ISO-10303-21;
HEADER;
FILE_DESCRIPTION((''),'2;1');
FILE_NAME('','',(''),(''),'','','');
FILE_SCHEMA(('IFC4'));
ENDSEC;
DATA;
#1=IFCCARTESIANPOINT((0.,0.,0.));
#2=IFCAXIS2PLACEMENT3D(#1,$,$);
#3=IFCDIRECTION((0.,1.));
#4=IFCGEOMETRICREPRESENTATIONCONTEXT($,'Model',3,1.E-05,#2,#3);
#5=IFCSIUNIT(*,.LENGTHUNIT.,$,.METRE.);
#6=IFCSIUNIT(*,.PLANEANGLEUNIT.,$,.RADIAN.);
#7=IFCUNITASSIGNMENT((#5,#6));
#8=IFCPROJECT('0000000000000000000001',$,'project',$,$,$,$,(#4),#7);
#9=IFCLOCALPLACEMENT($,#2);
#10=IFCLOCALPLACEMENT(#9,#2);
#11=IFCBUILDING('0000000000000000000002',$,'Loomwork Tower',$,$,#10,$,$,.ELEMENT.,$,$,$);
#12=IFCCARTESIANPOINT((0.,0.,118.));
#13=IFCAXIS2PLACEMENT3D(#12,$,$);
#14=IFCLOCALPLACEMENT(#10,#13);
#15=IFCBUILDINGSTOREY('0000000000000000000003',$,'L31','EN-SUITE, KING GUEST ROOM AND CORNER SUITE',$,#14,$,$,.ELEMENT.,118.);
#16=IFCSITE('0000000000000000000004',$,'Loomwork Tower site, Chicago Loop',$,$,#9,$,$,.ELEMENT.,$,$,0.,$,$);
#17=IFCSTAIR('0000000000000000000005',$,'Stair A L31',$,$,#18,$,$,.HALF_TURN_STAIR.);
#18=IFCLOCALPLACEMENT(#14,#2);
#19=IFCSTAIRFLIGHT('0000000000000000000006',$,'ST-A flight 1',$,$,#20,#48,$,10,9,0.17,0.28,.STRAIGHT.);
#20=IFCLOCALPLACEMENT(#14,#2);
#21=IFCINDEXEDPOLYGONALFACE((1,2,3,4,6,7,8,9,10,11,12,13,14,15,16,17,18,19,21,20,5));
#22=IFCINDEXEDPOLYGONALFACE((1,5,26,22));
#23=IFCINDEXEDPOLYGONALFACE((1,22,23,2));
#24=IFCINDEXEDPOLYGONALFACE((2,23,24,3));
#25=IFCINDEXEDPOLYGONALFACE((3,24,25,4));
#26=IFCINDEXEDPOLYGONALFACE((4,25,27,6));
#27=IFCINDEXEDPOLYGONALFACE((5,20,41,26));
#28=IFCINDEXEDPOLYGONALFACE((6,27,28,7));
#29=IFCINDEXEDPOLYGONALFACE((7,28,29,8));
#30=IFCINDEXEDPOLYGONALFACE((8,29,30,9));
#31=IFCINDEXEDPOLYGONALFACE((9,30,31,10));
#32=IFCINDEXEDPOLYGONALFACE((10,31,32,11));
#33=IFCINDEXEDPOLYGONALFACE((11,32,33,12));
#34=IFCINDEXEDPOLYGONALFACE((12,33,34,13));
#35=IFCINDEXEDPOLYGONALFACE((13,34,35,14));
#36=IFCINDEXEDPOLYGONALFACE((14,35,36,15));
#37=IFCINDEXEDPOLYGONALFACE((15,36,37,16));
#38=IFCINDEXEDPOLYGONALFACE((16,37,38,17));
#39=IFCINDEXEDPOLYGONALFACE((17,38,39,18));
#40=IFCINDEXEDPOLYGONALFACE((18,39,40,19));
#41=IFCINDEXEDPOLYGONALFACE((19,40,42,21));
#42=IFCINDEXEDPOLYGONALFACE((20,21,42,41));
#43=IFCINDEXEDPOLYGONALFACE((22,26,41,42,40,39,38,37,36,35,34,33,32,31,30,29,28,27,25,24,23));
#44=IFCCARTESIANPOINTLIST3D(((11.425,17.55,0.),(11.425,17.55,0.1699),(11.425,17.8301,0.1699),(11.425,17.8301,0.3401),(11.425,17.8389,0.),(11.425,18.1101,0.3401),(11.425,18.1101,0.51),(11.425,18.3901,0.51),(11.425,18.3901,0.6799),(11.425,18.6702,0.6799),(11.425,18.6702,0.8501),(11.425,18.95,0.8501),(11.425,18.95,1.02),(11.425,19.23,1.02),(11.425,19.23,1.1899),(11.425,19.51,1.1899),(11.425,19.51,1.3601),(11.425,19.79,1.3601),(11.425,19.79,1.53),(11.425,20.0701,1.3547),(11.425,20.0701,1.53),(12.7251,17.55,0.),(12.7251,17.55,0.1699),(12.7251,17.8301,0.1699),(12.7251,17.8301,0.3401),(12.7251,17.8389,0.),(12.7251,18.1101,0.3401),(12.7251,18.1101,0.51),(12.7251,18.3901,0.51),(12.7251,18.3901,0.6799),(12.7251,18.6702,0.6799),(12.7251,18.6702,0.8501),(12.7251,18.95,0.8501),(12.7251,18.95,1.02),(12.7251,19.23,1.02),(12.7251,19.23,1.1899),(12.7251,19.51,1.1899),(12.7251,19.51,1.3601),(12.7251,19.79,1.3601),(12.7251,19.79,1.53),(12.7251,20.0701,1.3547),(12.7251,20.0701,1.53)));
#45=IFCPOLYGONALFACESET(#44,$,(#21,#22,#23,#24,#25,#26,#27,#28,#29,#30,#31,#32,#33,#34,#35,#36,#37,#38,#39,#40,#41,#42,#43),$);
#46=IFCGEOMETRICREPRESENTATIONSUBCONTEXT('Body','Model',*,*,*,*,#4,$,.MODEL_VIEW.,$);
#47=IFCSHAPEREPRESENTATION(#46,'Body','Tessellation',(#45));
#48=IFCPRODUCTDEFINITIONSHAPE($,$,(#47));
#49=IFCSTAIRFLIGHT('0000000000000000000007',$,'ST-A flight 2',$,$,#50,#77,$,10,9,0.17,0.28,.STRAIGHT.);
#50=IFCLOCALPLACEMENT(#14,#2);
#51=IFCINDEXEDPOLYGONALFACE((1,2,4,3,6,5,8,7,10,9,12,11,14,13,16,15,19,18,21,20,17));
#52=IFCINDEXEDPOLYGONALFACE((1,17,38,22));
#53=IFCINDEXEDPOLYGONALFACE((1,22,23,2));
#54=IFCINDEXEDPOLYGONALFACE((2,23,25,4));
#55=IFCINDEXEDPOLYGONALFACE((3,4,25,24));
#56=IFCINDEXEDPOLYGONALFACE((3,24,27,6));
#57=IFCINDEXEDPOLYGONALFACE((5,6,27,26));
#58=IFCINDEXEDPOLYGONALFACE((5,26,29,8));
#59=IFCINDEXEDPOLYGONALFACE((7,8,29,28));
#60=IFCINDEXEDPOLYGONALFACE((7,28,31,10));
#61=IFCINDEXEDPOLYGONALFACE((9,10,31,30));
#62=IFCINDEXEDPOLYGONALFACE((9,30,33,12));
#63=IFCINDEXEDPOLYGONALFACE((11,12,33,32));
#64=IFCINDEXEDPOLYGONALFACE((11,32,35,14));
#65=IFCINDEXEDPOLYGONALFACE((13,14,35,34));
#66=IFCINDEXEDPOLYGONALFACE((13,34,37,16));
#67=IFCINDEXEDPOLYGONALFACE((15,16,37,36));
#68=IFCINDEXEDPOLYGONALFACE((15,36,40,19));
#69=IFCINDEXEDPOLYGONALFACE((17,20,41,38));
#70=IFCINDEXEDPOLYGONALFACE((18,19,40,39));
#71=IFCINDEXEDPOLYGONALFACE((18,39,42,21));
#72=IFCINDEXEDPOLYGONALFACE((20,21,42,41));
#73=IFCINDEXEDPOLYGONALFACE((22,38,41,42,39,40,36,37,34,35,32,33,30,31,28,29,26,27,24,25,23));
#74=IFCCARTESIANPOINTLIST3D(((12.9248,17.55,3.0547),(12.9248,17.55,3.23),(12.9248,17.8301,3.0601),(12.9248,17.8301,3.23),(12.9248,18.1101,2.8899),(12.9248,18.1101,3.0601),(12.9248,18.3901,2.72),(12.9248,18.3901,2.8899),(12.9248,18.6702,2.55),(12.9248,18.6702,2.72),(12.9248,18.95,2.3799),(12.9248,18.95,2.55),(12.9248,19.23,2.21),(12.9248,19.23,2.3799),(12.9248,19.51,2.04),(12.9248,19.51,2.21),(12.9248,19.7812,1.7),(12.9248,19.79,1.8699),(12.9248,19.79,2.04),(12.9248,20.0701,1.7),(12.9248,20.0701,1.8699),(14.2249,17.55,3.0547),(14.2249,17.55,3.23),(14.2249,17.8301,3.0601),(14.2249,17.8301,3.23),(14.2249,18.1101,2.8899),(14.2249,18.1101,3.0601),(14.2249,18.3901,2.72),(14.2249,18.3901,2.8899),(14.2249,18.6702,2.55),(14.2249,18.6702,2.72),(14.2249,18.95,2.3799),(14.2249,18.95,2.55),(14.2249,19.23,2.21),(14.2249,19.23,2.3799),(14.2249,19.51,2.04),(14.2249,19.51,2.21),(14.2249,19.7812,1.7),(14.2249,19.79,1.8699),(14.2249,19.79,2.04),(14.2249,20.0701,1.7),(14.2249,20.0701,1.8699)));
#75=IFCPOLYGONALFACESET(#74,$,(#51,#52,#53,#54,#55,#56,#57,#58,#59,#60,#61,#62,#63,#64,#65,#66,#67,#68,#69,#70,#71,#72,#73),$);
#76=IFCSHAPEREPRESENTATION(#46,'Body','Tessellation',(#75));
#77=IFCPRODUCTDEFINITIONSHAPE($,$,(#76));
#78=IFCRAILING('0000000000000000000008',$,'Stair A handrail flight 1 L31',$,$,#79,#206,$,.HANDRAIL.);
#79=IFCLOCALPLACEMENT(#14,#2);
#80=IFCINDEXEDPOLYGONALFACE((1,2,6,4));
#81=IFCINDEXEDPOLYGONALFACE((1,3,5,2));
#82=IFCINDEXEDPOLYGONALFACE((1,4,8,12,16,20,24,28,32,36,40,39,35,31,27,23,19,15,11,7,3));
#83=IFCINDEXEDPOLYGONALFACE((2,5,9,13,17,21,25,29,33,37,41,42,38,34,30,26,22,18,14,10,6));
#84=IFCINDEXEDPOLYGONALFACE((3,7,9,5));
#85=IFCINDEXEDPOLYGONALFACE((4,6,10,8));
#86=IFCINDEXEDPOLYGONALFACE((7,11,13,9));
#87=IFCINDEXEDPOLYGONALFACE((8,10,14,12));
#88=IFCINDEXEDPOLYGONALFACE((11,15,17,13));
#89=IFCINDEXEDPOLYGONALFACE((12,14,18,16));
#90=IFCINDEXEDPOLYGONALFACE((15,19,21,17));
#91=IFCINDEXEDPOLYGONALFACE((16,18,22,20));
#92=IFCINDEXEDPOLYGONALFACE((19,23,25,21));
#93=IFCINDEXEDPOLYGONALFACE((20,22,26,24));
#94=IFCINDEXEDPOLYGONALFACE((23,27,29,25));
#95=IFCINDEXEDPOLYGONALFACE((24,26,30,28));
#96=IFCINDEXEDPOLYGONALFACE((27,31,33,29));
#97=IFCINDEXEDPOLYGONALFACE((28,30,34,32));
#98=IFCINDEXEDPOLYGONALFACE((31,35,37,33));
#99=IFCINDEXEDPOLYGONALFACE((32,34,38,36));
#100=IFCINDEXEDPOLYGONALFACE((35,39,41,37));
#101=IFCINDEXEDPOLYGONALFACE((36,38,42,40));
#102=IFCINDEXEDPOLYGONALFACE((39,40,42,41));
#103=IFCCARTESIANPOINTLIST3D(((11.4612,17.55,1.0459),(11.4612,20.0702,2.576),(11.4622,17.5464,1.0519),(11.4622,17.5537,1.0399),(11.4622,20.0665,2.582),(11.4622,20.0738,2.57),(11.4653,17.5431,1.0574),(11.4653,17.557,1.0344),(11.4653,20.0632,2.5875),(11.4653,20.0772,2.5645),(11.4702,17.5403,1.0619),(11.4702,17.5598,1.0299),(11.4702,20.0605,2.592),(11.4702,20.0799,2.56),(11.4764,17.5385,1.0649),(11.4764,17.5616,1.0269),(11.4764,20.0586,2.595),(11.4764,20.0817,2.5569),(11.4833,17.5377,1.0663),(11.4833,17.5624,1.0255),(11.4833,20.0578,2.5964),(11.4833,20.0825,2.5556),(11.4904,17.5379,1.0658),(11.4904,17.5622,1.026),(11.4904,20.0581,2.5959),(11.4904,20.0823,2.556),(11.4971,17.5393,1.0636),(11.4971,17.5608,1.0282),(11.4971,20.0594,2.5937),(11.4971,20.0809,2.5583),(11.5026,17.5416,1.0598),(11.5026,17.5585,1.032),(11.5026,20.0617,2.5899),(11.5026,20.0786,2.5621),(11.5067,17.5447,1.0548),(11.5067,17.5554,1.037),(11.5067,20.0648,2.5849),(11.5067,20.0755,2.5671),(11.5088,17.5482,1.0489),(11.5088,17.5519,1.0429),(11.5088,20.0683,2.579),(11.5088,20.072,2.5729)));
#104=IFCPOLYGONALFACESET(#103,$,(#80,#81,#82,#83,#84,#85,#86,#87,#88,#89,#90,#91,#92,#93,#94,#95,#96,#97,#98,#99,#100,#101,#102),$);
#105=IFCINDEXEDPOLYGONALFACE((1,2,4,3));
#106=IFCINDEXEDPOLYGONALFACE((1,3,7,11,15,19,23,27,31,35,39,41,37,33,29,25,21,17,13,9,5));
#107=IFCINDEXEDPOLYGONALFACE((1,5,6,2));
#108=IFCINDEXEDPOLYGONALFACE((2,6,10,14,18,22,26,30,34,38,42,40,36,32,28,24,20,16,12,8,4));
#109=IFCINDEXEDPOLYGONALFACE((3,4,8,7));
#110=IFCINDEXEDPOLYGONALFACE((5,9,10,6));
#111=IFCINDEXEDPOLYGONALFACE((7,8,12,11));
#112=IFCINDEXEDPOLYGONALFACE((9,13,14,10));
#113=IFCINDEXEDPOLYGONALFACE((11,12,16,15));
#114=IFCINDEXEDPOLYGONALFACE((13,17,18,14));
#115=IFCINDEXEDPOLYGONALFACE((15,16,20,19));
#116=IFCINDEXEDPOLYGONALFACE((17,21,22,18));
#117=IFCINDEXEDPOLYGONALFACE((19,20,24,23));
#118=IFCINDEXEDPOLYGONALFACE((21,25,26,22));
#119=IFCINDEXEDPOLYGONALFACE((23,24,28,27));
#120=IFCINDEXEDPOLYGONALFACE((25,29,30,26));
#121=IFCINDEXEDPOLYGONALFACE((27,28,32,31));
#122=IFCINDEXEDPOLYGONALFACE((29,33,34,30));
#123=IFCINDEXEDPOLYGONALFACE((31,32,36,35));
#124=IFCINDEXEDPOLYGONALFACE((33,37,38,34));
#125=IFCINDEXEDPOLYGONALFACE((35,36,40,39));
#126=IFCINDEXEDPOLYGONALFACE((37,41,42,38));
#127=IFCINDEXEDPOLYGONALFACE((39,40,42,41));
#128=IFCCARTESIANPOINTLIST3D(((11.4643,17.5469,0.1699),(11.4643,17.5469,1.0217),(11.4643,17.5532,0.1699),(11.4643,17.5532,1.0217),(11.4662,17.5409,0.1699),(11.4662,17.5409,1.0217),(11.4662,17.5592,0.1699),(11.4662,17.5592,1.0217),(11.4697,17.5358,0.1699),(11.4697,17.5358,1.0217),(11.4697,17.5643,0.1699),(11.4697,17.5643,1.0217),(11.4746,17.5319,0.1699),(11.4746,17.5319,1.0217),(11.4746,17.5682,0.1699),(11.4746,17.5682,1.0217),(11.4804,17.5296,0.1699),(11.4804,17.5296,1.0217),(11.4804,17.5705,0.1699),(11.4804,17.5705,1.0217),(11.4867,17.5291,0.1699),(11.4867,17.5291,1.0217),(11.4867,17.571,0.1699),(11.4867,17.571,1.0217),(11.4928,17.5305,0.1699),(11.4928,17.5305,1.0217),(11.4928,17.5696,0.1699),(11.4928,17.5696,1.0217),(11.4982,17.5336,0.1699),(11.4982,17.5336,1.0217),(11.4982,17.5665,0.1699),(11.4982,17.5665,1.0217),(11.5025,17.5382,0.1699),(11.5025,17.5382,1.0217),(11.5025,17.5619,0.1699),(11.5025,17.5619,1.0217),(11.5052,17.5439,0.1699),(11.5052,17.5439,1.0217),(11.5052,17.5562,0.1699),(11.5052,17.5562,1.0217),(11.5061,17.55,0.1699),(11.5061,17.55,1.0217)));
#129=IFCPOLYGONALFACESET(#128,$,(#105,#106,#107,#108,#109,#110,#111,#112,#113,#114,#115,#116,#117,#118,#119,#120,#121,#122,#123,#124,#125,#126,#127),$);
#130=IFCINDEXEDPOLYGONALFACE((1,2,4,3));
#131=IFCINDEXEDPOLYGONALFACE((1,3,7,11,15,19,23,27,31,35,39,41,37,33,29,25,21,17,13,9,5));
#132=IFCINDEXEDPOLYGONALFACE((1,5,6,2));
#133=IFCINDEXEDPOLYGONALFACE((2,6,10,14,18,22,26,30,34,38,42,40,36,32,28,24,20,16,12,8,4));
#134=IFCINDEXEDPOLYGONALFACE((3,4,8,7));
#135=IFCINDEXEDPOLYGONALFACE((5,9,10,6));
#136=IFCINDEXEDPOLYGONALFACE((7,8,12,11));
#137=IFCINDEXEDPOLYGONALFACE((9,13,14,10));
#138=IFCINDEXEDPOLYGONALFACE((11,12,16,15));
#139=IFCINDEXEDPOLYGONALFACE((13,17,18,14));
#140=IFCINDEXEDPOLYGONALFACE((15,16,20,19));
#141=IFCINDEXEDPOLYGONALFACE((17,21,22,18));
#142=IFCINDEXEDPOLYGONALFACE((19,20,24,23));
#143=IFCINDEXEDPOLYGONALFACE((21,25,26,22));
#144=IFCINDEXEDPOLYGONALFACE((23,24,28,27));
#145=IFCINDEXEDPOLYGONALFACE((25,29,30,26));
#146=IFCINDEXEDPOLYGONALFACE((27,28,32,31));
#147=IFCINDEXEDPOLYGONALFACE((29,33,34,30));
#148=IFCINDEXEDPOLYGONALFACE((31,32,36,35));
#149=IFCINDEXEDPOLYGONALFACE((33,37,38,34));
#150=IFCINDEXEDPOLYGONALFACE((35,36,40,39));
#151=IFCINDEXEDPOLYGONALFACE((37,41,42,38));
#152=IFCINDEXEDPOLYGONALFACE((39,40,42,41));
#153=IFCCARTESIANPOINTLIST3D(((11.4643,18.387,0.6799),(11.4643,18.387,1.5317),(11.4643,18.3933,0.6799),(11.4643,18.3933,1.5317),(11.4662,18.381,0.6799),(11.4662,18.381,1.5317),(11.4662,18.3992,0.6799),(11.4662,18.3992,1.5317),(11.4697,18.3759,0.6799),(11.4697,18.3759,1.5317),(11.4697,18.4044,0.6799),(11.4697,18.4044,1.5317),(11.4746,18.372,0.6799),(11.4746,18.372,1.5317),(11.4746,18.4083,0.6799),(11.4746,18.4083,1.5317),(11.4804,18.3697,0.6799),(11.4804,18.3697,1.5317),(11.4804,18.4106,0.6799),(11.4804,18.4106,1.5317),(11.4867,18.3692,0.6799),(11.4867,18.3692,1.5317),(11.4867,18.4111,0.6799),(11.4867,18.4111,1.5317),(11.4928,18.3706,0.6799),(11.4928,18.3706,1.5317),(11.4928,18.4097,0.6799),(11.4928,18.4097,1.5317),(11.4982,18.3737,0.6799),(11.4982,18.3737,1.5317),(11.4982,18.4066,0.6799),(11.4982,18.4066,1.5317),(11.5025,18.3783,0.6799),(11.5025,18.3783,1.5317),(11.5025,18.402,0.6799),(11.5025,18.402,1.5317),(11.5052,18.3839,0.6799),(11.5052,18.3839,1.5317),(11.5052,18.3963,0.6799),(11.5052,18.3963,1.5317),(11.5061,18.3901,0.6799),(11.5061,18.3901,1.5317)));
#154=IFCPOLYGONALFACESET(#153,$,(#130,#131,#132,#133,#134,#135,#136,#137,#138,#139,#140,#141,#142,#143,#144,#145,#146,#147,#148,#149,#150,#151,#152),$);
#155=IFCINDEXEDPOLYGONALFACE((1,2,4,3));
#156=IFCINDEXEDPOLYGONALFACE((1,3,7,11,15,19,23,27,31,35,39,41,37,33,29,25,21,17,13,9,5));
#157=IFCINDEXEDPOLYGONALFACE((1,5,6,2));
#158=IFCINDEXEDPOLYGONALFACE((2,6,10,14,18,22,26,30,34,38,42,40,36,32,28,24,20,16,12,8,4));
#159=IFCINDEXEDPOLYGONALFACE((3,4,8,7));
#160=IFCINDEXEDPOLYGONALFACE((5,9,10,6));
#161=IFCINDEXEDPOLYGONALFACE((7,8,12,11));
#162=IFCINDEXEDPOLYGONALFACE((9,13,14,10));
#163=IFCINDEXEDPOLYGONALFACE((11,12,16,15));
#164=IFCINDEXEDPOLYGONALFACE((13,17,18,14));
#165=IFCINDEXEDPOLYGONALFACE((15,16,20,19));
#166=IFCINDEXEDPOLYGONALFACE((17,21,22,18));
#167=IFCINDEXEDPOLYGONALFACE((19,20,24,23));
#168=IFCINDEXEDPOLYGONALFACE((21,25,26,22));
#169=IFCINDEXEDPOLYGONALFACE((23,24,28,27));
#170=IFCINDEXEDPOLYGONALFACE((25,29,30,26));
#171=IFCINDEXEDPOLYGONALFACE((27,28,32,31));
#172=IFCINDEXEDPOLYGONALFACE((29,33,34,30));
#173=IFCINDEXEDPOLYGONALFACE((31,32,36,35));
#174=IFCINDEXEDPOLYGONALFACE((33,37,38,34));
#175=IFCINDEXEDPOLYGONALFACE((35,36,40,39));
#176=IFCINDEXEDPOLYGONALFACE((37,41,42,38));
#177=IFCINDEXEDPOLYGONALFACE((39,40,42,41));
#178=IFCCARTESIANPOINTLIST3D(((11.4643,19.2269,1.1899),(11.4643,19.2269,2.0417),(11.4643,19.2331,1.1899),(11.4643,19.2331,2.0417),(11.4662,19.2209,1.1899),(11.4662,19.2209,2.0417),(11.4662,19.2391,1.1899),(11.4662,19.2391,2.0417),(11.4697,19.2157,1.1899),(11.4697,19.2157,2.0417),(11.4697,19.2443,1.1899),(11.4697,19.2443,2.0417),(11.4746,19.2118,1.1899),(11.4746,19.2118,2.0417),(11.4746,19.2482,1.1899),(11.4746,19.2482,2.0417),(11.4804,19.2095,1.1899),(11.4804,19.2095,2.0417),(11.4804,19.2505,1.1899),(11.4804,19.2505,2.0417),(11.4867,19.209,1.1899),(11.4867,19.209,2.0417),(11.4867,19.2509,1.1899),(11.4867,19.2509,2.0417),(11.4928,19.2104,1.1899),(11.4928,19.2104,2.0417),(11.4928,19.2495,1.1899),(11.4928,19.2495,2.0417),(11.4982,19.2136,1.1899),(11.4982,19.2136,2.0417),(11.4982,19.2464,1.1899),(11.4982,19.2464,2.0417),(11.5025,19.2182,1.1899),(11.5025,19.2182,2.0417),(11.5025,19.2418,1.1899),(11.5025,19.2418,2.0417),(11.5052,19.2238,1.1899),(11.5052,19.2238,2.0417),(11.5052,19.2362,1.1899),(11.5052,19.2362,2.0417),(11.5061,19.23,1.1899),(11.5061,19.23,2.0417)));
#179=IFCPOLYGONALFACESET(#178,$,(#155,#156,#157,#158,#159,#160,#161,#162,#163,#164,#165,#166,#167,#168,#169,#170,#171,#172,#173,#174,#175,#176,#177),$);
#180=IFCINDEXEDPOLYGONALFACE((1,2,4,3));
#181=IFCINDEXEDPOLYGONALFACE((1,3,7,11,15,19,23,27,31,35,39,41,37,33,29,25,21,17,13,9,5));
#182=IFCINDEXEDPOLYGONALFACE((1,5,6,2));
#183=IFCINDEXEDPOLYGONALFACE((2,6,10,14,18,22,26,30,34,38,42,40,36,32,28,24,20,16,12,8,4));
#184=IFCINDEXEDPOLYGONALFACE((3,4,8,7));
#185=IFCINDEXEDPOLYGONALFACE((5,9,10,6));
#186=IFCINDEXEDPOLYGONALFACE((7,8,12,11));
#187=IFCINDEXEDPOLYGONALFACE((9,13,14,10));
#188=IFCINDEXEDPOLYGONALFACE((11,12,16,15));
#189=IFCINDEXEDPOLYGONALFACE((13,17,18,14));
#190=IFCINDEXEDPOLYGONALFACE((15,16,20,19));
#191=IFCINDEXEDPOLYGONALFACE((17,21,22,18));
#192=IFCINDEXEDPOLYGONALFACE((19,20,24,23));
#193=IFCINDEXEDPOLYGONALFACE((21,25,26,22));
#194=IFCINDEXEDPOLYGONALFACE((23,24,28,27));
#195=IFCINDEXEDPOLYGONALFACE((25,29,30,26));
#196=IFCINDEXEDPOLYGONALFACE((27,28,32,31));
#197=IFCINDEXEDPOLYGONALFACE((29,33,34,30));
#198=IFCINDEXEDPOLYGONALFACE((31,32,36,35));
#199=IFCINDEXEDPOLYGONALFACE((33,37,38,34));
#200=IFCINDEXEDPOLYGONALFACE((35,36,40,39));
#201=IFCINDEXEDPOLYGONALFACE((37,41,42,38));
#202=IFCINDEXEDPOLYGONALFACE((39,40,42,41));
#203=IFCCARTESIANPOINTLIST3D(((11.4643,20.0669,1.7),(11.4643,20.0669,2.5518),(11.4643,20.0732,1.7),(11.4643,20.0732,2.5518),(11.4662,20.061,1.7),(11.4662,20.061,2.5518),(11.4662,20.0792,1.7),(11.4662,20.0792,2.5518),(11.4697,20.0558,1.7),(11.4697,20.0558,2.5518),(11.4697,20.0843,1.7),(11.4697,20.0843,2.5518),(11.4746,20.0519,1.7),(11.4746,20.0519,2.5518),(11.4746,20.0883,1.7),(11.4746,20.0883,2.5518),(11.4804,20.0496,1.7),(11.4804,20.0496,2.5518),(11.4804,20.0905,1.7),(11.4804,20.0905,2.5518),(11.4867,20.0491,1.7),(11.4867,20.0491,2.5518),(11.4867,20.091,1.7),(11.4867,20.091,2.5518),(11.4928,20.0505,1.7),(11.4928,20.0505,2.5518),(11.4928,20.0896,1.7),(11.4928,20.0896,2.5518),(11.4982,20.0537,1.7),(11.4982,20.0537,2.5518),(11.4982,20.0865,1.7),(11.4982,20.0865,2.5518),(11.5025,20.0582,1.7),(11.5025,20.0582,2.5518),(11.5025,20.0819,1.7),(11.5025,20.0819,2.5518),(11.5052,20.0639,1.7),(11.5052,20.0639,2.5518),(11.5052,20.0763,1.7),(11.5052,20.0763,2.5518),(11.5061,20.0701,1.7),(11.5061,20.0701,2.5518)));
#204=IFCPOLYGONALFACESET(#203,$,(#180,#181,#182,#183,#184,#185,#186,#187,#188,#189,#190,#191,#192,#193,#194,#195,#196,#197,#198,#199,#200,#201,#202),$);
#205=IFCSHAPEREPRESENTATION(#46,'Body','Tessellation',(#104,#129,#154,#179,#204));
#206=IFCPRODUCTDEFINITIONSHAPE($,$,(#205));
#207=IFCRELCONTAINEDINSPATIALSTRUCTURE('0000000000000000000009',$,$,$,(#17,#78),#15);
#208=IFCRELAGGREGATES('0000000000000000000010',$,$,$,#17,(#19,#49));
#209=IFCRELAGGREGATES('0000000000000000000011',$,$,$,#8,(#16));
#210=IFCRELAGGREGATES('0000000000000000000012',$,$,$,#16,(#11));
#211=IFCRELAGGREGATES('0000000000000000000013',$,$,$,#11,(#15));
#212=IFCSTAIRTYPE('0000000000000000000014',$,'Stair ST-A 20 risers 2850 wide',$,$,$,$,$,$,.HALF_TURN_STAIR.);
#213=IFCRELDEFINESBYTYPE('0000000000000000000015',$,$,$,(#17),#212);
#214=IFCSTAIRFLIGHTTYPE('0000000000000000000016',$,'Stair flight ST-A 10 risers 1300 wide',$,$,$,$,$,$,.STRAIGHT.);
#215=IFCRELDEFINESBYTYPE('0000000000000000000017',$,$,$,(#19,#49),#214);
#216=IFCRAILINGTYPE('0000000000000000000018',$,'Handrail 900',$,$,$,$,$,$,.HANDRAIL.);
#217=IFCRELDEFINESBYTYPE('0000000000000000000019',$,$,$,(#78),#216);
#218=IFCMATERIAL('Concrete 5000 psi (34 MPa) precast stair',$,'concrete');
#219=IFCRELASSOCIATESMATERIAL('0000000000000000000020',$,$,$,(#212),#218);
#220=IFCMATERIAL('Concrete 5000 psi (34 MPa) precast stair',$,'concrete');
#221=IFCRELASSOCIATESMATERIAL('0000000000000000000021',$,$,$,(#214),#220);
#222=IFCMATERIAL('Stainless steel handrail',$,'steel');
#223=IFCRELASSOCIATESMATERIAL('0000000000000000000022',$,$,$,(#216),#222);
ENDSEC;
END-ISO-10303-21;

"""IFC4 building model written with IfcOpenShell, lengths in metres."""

from ifc_helpers import new_model, si_unit, direction, frame, origin, origin_2d, place, context, subcontext, project, spatial, polyline, circle, outline, extrude, material, type_object, element, aggregate, save


model = new_model("IFC4")

# Units and contexts
model_context = context("Model", 3, precision=1e-05, world=origin(), true_north=direction((0.0, 1.0)))
body_context = subcontext(model_context, "Body", "Model", "MODEL_VIEW")
ifc_project = project(units=[si_unit("LENGTHUNIT", "METRE"), si_unit("PLANEANGLEUNIT", "RADIAN")], contexts=[model_context])

# Site, building, storey
site_placement = place(None, origin())
site = spatial("IfcSite", under=ifc_project, at=site_placement, Name="Loomwork Tower site, Chicago Loop", CompositionType="ELEMENT", RefElevation=0.0)
building_placement = place(site_placement, origin())
building = spatial("IfcBuilding", under=site, at=building_placement, Name="Loomwork Tower", CompositionType="ELEMENT")
storey_placement = place(building_placement, frame((0.0, 0.0, 118.0)))
storey = spatial("IfcBuildingStorey", under=building, at=storey_placement, Name="L31", Description="EN-SUITE, KING GUEST ROOM AND CORNER SUITE", CompositionType="ELEMENT", Elevation=118.0)

# Stair, stair flights
ifc_material_1 = material(Name="Concrete 5000 psi (34 MPa) precast stair", Category="concrete")
stair_type = type_object("IfcStairType", Name="Stair ST-A 20 risers 2850 wide", PredefinedType="HALF_TURN_STAIR", material=ifc_material_1)
stair_placement = place(storey_placement, origin())
stair = element("IfcStair", 1, at=stair_placement, inside=storey, type_object=stair_type, Name="Stair A L31", PredefinedType="HALF_TURN_STAIR")
ifc_material_2 = material(Name="Concrete 5000 psi (34 MPa) precast stair", Category="concrete")
stair_flight_type = type_object("IfcStairFlightType", Name="Stair flight ST-A 10 risers 1300 wide", PredefinedType="STRAIGHT", material=ifc_material_2)
stair_flight_1_placement = place(storey_placement, frame((12.075, 17.55, 0.0), z_axis=(0.0, 0.0, 1.0), x_axis=(0.0, 1.0, 0.0)))
stair_flight_1 = element("IfcStairFlight", 2, at=stair_flight_1_placement, type_object=stair_flight_type, Name="ST-A flight 1", NumberOfRisers=10, NumberOfTreads=9, PredefinedType="STRAIGHT", RiserHeight=0.17, TreadLength=0.28, context=body_context, shape_type="SweptSolid", body=[
    extrude(outline(polyline([(0.0, 0.0), (0.0, 0.1699), (0.28, 0.1699), (0.28, 0.3401), (0.5601, 0.3401), (0.5601, 0.51), (0.8401, 0.51), (0.8401, 0.6799), (1.1201, 0.6799), (1.1201, 0.8501), (1.3999, 0.8501), (1.3999, 1.02), (1.6799, 1.02), (1.6799, 1.1899), (1.96, 1.1899), (1.96, 1.3601), (2.24, 1.3601), (2.24, 1.53), (2.52, 1.53), (2.52, 1.7), (2.52, 1.3547), (0.2888, 0.0), (0.0, 0.0)])), frame((0.0, 0.6499, 0.0), z_axis=(0.0, -1.0, 0.0), x_axis=(1.0, 0.0, 0.0)), (0.0, 0.0, 1.0), 1.3),
])
stair_flight_2_placement = place(storey_placement, frame((13.575, 20.0701, 1.7), z_axis=(0.0, 0.0, 1.0), x_axis=(0.0, -1.0, 0.0)))
stair_flight_2 = element("IfcStairFlight", 3, at=stair_flight_2_placement, type_object=stair_flight_type, Name="ST-A flight 2", NumberOfRisers=10, NumberOfTreads=9, PredefinedType="STRAIGHT", RiserHeight=0.17, TreadLength=0.28, context=body_context, shape_type="SweptSolid", body=[
    extrude(outline(polyline([(0.0, 0.0), (0.0, 0.1699), (0.28, 0.1699), (0.28, 0.3401), (0.5601, 0.3401), (0.5601, 0.51), (0.8401, 0.51), (0.8401, 0.6799), (1.1201, 0.6799), (1.1201, 0.8501), (1.3999, 0.8501), (1.3999, 1.02), (1.6799, 1.02), (1.6799, 1.1899), (1.96, 1.1899), (1.96, 1.3601), (2.24, 1.3601), (2.24, 1.53), (2.52, 1.53), (2.52, 1.7), (2.52, 1.3547), (0.2888, 0.0), (0.0, 0.0)])), frame((0.0, 0.6499, 0.0), z_axis=(0.0, -1.0, 0.0), x_axis=(1.0, 0.0, 0.0)), (0.0, 0.0, 1.0), 1.3),
])
aggregate(stair, [stair_flight_1, stair_flight_2])

# Railing
ifc_material_3 = material(Name="Stainless steel handrail", Category="steel")
railing_type = type_object("IfcRailingType", Name="Handrail 900", PredefinedType="HANDRAIL", material=ifc_material_3)
railing_1_placement = place(storey_placement, frame((11.4851, 17.55, 0.1699)))
element("IfcRailing", 4, at=railing_1_placement, inside=storey, type_object=railing_type, Name="Stair A handrail flight 1 L31", PredefinedType="HANDRAIL", context=body_context, shape_type="SweptSolid", body=[
    extrude(circle(Radius=0.0239, at=origin_2d()), frame((0.0, 0.0, 0.876), z_axis=(0.0, 0.854785, 0.518982), x_axis=(-1.0, 0.0, 0.0)), (0.0, 0.0, 1.0), 2.9482),
    extrude(circle(Radius=0.021, at=origin_2d()), origin(), (0.0, 0.0, 1.0), 0.8518),
    extrude(circle(Radius=0.021, at=origin_2d()), frame((0.0, 0.8401, 0.51)), (0.0, 0.0, 1.0), 0.8518),
    extrude(circle(Radius=0.021, at=origin_2d()), frame((0.0, 1.6799, 1.02)), (0.0, 0.0, 1.0), 0.8518),
    extrude(circle(Radius=0.021, at=origin_2d()), frame((0.0, 2.52, 1.53)), (0.0, 0.0, 1.0), 0.8518),
])

save(model, "model.ifc")
